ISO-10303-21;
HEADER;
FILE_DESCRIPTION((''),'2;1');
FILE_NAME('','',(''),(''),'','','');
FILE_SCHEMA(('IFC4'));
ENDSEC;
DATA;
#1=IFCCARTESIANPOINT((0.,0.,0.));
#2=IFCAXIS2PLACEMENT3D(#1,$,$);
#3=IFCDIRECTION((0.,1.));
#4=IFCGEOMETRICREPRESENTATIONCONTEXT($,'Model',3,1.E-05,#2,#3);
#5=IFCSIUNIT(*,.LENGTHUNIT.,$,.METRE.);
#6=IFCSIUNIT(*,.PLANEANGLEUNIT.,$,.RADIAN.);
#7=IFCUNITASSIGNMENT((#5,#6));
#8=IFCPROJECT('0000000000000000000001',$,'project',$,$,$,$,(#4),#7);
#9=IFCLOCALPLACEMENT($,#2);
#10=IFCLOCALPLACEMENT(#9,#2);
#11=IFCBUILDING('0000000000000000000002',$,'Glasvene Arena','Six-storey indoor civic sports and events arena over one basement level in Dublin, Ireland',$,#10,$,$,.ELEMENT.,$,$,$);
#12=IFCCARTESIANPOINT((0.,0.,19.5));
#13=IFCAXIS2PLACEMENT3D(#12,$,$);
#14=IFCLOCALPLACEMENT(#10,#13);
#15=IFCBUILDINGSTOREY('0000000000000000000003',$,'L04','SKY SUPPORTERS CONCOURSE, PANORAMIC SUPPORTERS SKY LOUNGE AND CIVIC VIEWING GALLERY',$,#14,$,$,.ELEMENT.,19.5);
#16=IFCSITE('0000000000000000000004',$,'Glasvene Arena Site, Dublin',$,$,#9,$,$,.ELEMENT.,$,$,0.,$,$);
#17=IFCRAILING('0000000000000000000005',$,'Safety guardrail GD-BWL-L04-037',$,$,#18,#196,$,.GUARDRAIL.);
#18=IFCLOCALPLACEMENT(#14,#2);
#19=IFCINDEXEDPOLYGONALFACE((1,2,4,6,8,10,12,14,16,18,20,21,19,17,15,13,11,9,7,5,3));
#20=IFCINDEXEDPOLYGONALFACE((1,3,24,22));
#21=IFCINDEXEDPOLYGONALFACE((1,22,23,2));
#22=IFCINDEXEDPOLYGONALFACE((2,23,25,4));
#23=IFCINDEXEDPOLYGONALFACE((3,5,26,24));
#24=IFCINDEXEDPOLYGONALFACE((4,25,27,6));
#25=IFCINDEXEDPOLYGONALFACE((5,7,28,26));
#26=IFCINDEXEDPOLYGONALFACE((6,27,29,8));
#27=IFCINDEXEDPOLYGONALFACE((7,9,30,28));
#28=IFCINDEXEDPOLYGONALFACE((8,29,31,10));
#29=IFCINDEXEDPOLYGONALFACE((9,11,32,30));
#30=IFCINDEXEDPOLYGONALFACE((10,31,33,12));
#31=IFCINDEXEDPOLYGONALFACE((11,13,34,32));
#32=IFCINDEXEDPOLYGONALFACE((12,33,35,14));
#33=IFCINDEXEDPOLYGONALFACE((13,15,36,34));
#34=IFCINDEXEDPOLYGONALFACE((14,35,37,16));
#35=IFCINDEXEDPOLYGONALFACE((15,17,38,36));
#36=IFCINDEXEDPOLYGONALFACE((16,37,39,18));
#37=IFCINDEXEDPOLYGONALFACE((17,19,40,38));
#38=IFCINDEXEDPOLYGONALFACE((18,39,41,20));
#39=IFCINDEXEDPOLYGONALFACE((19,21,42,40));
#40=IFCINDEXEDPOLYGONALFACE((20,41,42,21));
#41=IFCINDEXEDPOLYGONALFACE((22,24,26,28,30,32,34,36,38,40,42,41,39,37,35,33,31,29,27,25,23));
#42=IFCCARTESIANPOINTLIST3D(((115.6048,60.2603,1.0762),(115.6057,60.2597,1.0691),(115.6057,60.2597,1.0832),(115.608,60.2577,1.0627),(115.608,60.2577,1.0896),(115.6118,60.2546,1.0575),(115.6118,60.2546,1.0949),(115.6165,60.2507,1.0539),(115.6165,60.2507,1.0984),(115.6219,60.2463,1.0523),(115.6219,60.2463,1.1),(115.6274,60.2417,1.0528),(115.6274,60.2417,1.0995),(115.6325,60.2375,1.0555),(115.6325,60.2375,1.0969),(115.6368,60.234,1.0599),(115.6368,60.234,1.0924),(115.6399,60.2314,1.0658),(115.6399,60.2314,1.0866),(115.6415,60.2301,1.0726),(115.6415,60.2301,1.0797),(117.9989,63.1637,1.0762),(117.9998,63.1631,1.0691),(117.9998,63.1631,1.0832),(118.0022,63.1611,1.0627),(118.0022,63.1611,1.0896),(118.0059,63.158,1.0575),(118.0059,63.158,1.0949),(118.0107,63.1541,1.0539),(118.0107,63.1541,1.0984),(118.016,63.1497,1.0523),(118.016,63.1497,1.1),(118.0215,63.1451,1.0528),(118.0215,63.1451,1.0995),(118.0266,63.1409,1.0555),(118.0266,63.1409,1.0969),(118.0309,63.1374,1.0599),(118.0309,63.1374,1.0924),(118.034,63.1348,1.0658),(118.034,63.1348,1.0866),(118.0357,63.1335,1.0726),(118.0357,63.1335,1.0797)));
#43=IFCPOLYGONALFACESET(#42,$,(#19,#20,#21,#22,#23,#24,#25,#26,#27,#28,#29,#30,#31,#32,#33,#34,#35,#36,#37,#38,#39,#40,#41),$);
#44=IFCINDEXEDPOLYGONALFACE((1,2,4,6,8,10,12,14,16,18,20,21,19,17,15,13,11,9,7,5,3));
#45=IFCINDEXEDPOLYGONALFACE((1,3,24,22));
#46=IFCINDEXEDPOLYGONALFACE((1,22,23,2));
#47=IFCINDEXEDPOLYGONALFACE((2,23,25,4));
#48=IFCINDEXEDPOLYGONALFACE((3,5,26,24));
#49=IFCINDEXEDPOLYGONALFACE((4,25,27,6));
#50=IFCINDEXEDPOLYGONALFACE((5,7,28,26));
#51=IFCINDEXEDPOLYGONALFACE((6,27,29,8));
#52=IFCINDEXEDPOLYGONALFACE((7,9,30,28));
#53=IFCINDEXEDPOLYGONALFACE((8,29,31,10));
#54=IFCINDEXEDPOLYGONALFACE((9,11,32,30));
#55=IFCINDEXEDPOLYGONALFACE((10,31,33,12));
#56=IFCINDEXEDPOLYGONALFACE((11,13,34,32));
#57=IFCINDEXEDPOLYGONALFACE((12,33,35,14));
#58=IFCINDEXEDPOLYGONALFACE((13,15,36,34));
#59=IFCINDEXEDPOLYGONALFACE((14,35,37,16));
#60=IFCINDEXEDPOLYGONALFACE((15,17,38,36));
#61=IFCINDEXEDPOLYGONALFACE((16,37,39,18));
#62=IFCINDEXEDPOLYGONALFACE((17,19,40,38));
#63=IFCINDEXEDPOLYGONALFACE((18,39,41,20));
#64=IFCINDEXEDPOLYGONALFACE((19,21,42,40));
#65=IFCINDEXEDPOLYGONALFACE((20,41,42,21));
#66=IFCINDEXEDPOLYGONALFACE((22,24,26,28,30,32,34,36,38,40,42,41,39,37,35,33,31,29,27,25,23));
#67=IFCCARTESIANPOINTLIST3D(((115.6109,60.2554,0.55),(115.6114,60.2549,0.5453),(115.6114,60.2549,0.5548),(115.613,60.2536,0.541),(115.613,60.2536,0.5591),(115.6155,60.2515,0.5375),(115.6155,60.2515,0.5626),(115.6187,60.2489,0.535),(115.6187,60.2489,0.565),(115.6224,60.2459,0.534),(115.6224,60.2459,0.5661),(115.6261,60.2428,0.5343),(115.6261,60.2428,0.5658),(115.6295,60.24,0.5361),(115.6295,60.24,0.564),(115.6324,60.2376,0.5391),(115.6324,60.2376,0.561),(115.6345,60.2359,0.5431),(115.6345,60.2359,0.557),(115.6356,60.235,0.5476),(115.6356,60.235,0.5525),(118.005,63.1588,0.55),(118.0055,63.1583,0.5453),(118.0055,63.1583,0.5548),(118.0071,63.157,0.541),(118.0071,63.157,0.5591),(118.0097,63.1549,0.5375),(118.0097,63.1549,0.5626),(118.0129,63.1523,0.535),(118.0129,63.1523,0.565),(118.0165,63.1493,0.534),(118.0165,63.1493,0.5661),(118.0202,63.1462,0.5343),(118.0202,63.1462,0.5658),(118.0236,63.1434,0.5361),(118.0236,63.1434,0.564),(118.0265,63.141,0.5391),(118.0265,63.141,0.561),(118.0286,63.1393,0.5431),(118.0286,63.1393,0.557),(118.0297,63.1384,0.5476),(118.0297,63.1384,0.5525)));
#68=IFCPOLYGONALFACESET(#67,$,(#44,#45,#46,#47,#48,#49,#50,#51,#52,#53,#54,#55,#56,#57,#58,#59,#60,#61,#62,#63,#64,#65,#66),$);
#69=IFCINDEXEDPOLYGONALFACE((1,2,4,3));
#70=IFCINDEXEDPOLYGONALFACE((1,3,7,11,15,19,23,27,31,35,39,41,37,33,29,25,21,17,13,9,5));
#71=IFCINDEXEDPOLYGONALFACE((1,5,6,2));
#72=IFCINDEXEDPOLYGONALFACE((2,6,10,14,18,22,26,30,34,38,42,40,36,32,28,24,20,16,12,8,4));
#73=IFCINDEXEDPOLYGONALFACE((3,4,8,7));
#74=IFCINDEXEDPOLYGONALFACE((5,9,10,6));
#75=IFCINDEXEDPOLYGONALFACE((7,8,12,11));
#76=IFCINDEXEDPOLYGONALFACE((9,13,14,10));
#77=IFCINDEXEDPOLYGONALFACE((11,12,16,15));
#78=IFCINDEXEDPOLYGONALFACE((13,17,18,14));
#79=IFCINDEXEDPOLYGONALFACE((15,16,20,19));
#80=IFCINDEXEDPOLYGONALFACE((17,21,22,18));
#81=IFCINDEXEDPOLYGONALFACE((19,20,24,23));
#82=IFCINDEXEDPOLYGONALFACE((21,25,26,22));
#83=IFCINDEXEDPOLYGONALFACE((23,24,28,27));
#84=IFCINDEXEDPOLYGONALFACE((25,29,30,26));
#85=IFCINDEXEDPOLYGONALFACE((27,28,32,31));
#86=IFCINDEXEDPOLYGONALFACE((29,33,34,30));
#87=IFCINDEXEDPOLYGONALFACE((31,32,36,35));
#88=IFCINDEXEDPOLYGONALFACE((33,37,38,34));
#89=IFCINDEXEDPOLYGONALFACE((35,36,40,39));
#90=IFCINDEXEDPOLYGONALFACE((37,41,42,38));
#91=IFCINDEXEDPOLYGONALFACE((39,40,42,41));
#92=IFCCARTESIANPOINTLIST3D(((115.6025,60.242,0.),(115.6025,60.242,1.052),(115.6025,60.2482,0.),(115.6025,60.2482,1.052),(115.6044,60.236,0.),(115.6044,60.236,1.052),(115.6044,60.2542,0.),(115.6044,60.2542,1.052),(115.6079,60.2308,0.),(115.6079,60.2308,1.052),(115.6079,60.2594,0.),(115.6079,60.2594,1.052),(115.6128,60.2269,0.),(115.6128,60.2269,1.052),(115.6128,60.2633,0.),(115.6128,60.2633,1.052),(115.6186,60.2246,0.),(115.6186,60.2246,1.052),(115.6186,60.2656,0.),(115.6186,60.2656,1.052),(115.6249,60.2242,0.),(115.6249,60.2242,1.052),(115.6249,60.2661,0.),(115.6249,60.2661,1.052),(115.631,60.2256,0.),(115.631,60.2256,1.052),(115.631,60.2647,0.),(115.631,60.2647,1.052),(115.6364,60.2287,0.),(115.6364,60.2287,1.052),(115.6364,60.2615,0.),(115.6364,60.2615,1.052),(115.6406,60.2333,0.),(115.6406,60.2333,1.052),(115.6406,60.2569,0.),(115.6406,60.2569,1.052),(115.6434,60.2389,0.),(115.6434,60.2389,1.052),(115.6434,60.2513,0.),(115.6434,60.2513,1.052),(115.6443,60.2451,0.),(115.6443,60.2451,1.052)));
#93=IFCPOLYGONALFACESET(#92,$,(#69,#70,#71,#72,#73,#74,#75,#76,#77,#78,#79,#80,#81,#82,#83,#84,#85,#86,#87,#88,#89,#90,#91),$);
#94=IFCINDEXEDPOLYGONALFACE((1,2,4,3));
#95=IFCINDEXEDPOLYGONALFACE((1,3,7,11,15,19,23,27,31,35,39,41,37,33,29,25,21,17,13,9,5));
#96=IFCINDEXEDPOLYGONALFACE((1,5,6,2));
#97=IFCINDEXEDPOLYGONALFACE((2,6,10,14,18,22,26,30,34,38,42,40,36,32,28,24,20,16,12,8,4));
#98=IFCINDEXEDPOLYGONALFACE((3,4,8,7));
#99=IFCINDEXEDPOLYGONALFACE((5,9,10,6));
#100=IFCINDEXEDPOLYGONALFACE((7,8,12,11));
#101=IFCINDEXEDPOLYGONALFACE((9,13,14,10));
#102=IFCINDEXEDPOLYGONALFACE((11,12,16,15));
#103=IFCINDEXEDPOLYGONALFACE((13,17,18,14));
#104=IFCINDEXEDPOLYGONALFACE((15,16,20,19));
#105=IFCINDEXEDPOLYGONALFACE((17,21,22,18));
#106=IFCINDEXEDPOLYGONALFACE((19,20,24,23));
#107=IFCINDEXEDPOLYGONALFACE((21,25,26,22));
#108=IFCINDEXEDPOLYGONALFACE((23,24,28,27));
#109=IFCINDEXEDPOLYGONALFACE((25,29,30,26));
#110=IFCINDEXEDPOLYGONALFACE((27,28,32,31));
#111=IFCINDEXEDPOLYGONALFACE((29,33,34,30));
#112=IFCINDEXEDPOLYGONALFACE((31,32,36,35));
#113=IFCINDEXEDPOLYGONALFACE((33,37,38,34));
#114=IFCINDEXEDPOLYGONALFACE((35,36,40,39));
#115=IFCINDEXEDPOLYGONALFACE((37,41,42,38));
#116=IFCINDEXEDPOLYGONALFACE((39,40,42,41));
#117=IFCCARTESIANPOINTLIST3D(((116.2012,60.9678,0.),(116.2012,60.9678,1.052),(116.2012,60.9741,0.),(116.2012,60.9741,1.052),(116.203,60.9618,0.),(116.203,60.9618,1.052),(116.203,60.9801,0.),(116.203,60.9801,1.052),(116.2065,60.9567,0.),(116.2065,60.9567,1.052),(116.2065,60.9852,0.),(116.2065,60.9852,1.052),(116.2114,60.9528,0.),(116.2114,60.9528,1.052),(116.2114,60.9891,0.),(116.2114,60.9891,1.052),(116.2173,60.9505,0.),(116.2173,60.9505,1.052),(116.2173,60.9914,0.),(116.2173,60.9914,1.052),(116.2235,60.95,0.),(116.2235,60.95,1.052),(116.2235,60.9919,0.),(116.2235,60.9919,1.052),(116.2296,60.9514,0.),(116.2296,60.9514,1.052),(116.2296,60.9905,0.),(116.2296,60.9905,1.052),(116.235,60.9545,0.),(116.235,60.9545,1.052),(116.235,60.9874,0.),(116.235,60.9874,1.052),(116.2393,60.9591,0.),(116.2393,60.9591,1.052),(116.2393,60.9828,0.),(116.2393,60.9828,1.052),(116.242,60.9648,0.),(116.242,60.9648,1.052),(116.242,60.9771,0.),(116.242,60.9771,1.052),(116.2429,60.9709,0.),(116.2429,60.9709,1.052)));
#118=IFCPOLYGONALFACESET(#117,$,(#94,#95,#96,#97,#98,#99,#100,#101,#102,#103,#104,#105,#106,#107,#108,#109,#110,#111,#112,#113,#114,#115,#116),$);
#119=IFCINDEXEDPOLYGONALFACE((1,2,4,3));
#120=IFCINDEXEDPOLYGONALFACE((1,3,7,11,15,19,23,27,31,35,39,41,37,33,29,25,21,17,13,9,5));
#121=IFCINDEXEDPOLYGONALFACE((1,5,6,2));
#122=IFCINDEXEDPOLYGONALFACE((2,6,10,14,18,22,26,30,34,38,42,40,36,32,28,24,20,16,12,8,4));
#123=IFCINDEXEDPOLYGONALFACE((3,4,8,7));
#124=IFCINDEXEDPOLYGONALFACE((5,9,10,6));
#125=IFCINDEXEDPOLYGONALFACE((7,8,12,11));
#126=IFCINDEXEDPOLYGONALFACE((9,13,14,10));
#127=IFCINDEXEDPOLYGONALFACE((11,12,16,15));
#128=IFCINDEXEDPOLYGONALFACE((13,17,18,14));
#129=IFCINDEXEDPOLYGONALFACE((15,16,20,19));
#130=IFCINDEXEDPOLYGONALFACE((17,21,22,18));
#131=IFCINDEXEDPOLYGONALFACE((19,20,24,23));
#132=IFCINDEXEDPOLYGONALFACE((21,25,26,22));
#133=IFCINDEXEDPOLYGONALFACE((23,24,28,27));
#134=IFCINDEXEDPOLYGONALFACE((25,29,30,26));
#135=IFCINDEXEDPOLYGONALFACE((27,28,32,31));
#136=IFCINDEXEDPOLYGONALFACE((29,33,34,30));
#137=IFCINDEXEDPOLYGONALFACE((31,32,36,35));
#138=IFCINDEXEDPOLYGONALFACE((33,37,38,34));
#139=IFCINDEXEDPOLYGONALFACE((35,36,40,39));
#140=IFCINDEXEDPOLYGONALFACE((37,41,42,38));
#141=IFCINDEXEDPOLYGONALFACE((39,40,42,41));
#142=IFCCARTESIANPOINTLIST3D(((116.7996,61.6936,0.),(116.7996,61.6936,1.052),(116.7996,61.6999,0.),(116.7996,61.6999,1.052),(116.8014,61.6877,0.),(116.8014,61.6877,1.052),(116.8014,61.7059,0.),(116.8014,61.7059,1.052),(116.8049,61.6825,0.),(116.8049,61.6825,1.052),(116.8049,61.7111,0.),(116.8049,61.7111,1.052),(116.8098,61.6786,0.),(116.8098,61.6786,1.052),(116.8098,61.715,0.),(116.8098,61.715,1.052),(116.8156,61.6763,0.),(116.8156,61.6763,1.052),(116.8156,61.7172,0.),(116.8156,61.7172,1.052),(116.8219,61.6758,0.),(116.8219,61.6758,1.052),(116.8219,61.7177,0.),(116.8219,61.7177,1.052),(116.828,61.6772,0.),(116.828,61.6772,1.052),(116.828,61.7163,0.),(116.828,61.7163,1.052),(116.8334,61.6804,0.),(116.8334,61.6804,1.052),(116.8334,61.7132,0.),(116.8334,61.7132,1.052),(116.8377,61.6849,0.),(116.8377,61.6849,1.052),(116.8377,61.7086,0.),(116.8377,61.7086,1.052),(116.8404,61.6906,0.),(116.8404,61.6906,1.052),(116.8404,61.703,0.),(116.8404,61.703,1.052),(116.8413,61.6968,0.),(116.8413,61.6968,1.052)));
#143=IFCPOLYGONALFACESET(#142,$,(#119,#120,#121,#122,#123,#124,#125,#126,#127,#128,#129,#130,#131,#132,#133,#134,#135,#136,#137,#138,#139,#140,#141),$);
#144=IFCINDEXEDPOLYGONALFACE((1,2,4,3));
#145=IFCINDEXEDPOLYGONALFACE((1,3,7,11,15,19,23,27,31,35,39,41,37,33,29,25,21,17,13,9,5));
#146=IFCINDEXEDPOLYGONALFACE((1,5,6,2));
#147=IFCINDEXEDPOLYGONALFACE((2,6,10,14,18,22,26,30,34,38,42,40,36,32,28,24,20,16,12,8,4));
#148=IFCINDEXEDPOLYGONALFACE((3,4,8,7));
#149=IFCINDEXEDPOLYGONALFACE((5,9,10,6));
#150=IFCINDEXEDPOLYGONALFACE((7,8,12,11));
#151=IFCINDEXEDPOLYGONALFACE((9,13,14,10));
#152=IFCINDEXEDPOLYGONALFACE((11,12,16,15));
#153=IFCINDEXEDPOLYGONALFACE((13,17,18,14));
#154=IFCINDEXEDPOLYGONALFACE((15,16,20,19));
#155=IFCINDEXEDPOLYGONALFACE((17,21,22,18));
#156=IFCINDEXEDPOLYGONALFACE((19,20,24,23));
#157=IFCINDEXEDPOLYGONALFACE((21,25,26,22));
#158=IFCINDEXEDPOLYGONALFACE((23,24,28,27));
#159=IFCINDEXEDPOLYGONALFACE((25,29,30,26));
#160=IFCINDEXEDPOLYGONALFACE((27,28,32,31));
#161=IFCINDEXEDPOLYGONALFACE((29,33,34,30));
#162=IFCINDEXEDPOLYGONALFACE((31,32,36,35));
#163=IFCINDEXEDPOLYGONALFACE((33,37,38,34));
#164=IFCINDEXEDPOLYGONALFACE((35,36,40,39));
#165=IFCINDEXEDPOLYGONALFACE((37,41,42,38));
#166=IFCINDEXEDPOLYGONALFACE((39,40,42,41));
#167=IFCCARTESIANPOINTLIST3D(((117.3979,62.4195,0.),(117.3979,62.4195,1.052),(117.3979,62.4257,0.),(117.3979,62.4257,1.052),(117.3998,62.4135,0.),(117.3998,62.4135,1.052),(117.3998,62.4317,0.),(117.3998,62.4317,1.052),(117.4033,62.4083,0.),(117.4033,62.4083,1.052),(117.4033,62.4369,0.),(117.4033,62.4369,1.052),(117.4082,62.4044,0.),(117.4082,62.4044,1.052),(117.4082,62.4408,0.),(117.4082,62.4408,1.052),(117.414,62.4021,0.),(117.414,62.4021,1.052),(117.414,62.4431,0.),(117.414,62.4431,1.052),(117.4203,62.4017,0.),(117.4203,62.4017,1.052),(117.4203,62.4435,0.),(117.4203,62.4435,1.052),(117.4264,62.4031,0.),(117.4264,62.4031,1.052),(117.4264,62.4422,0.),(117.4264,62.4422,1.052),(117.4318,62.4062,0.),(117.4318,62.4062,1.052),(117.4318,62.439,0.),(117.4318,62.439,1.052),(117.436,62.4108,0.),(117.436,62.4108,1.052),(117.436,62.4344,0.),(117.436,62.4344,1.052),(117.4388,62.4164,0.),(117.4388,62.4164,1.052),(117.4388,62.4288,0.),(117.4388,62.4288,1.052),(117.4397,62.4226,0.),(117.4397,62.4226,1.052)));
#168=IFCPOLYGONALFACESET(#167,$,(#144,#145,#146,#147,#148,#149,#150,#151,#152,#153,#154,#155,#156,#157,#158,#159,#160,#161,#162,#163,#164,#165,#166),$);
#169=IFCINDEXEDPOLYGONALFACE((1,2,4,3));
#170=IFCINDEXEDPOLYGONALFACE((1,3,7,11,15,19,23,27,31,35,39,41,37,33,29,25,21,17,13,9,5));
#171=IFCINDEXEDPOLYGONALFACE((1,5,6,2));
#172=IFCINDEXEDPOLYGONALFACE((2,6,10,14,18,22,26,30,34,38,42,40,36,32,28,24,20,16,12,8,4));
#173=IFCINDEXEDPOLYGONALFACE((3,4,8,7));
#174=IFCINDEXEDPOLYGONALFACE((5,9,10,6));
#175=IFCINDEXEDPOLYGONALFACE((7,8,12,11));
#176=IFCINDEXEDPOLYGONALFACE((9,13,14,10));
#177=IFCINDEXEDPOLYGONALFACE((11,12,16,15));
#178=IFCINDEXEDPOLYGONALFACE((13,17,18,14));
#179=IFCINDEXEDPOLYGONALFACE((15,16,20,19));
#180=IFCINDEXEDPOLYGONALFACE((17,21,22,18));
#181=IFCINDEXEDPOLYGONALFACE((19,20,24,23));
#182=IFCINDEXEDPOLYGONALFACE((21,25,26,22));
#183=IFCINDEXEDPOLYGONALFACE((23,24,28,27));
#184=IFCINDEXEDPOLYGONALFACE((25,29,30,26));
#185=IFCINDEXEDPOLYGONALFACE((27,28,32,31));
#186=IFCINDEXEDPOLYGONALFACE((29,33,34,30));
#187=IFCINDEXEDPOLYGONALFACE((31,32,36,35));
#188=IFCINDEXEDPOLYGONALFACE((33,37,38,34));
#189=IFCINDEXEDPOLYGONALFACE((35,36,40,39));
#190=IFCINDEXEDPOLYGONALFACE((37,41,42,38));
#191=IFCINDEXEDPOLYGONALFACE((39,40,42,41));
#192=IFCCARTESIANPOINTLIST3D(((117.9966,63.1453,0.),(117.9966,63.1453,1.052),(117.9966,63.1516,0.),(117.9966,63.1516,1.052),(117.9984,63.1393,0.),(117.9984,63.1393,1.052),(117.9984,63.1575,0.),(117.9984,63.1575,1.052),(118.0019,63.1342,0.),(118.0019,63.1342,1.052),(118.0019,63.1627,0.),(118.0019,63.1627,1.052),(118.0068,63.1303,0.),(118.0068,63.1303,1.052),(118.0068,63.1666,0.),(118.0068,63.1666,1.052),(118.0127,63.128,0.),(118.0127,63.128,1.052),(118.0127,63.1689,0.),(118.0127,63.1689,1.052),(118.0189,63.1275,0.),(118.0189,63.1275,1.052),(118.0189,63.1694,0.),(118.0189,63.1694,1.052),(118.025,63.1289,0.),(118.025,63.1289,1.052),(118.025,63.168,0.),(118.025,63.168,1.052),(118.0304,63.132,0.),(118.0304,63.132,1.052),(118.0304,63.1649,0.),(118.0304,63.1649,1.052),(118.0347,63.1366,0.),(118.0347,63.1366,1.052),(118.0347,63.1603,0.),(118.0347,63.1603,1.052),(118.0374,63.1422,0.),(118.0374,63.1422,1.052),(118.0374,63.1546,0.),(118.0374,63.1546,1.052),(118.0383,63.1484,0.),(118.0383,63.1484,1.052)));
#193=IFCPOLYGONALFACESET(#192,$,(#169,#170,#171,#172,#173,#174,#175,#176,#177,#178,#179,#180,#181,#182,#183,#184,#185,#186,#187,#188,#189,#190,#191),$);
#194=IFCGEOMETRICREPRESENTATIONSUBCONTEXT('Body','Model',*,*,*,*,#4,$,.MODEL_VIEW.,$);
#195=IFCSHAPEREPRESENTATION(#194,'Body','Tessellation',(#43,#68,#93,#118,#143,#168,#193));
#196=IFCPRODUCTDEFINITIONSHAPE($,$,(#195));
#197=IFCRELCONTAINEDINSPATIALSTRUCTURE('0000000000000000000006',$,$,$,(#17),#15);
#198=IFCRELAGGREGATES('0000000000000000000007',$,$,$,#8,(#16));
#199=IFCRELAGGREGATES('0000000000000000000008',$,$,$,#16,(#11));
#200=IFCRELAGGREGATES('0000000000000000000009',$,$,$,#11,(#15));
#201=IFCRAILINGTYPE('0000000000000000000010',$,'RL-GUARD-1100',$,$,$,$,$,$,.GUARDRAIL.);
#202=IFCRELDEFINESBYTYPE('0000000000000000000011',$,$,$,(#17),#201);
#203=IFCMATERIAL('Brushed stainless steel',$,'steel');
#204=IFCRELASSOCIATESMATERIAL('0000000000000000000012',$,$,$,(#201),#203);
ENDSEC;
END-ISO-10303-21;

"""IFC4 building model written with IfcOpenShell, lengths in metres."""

from ifc_helpers import new_model, si_unit, direction, frame, origin, origin_2d, place, context, subcontext, project, spatial, circle, extrude, material, type_object, element, save


model = new_model("IFC4")

# Units and contexts
model_context = context("Model", 3, precision=1e-05, world=origin(), true_north=direction((0.0, 1.0)))
body_context = subcontext(model_context, "Body", "Model", "MODEL_VIEW")
ifc_project = project(units=[si_unit("LENGTHUNIT", "METRE"), si_unit("PLANEANGLEUNIT", "RADIAN")], contexts=[model_context])

# Site, building, storey
site_placement = place(None, origin())
site = spatial("IfcSite", under=ifc_project, at=site_placement, Name="Glasvene Arena Site, Dublin", CompositionType="ELEMENT", RefElevation=0.0)
building_placement = place(site_placement, origin())
building = spatial("IfcBuilding", under=site, at=building_placement, Name="Glasvene Arena", Description="Six-storey indoor civic sports and events arena over one basement level in Dublin, Ireland", CompositionType="ELEMENT")
storey_placement = place(building_placement, frame((0.0, 0.0, 19.5)))
storey = spatial("IfcBuildingStorey", under=building, at=storey_placement, Name="L04", Description="SKY SUPPORTERS CONCOURSE, PANORAMIC SUPPORTERS SKY LOUNGE AND CIVIC VIEWING GALLERY", CompositionType="ELEMENT", Elevation=19.5)

# Railing
ifc_material = material(Name="Brushed stainless steel", Category="steel")
railing_type = type_object("IfcRailingType", Name="RL-GUARD-1100", PredefinedType="GUARDRAIL", material=ifc_material)
railing_1_placement = place(storey_placement, frame((115.6233, 60.2451, 0.0)))
element("IfcRailing", 1, at=railing_1_placement, inside=storey, type_object=railing_type, Name="Safety guardrail GD-BWL-L04-037", PredefinedType="GUARDRAIL", context=body_context, shape_type="SweptSolid", body=[
    extrude(circle(Radius=0.0239, at=origin_2d()), frame((0.0, 0.0, 1.0762), z_axis=(0.636194, 0.771529, 0.0), x_axis=(-0.771529, 0.636194, 0.0)), (0.0, 0.0, 1.0), 3.7632),
    extrude(circle(Radius=0.0161, at=origin_2d()), frame((0.0, 0.0, 0.55), z_axis=(0.636194, 0.771529, 0.0), x_axis=(-0.771529, 0.636194, 0.0)), (0.0, 0.0, 1.0), 3.7632),
    extrude(circle(Radius=0.021, at=origin_2d()), origin(), (0.0, 0.0, 1.0), 1.052),
    extrude(circle(Radius=0.021, at=origin_2d()), frame((0.5986, 0.7258, 0.0)), (0.0, 0.0, 1.0), 1.052),
    extrude(circle(Radius=0.021, at=origin_2d()), frame((1.197, 1.4517, 0.0)), (0.0, 0.0, 1.0), 1.052),
    extrude(circle(Radius=0.021, at=origin_2d()), frame((1.7954, 2.1775, 0.0)), (0.0, 0.0, 1.0), 1.052),
    extrude(circle(Radius=0.021, at=origin_2d()), frame((2.394, 2.9033, 0.0)), (0.0, 0.0, 1.0), 1.052),
])

save(model, "model.ifc")
